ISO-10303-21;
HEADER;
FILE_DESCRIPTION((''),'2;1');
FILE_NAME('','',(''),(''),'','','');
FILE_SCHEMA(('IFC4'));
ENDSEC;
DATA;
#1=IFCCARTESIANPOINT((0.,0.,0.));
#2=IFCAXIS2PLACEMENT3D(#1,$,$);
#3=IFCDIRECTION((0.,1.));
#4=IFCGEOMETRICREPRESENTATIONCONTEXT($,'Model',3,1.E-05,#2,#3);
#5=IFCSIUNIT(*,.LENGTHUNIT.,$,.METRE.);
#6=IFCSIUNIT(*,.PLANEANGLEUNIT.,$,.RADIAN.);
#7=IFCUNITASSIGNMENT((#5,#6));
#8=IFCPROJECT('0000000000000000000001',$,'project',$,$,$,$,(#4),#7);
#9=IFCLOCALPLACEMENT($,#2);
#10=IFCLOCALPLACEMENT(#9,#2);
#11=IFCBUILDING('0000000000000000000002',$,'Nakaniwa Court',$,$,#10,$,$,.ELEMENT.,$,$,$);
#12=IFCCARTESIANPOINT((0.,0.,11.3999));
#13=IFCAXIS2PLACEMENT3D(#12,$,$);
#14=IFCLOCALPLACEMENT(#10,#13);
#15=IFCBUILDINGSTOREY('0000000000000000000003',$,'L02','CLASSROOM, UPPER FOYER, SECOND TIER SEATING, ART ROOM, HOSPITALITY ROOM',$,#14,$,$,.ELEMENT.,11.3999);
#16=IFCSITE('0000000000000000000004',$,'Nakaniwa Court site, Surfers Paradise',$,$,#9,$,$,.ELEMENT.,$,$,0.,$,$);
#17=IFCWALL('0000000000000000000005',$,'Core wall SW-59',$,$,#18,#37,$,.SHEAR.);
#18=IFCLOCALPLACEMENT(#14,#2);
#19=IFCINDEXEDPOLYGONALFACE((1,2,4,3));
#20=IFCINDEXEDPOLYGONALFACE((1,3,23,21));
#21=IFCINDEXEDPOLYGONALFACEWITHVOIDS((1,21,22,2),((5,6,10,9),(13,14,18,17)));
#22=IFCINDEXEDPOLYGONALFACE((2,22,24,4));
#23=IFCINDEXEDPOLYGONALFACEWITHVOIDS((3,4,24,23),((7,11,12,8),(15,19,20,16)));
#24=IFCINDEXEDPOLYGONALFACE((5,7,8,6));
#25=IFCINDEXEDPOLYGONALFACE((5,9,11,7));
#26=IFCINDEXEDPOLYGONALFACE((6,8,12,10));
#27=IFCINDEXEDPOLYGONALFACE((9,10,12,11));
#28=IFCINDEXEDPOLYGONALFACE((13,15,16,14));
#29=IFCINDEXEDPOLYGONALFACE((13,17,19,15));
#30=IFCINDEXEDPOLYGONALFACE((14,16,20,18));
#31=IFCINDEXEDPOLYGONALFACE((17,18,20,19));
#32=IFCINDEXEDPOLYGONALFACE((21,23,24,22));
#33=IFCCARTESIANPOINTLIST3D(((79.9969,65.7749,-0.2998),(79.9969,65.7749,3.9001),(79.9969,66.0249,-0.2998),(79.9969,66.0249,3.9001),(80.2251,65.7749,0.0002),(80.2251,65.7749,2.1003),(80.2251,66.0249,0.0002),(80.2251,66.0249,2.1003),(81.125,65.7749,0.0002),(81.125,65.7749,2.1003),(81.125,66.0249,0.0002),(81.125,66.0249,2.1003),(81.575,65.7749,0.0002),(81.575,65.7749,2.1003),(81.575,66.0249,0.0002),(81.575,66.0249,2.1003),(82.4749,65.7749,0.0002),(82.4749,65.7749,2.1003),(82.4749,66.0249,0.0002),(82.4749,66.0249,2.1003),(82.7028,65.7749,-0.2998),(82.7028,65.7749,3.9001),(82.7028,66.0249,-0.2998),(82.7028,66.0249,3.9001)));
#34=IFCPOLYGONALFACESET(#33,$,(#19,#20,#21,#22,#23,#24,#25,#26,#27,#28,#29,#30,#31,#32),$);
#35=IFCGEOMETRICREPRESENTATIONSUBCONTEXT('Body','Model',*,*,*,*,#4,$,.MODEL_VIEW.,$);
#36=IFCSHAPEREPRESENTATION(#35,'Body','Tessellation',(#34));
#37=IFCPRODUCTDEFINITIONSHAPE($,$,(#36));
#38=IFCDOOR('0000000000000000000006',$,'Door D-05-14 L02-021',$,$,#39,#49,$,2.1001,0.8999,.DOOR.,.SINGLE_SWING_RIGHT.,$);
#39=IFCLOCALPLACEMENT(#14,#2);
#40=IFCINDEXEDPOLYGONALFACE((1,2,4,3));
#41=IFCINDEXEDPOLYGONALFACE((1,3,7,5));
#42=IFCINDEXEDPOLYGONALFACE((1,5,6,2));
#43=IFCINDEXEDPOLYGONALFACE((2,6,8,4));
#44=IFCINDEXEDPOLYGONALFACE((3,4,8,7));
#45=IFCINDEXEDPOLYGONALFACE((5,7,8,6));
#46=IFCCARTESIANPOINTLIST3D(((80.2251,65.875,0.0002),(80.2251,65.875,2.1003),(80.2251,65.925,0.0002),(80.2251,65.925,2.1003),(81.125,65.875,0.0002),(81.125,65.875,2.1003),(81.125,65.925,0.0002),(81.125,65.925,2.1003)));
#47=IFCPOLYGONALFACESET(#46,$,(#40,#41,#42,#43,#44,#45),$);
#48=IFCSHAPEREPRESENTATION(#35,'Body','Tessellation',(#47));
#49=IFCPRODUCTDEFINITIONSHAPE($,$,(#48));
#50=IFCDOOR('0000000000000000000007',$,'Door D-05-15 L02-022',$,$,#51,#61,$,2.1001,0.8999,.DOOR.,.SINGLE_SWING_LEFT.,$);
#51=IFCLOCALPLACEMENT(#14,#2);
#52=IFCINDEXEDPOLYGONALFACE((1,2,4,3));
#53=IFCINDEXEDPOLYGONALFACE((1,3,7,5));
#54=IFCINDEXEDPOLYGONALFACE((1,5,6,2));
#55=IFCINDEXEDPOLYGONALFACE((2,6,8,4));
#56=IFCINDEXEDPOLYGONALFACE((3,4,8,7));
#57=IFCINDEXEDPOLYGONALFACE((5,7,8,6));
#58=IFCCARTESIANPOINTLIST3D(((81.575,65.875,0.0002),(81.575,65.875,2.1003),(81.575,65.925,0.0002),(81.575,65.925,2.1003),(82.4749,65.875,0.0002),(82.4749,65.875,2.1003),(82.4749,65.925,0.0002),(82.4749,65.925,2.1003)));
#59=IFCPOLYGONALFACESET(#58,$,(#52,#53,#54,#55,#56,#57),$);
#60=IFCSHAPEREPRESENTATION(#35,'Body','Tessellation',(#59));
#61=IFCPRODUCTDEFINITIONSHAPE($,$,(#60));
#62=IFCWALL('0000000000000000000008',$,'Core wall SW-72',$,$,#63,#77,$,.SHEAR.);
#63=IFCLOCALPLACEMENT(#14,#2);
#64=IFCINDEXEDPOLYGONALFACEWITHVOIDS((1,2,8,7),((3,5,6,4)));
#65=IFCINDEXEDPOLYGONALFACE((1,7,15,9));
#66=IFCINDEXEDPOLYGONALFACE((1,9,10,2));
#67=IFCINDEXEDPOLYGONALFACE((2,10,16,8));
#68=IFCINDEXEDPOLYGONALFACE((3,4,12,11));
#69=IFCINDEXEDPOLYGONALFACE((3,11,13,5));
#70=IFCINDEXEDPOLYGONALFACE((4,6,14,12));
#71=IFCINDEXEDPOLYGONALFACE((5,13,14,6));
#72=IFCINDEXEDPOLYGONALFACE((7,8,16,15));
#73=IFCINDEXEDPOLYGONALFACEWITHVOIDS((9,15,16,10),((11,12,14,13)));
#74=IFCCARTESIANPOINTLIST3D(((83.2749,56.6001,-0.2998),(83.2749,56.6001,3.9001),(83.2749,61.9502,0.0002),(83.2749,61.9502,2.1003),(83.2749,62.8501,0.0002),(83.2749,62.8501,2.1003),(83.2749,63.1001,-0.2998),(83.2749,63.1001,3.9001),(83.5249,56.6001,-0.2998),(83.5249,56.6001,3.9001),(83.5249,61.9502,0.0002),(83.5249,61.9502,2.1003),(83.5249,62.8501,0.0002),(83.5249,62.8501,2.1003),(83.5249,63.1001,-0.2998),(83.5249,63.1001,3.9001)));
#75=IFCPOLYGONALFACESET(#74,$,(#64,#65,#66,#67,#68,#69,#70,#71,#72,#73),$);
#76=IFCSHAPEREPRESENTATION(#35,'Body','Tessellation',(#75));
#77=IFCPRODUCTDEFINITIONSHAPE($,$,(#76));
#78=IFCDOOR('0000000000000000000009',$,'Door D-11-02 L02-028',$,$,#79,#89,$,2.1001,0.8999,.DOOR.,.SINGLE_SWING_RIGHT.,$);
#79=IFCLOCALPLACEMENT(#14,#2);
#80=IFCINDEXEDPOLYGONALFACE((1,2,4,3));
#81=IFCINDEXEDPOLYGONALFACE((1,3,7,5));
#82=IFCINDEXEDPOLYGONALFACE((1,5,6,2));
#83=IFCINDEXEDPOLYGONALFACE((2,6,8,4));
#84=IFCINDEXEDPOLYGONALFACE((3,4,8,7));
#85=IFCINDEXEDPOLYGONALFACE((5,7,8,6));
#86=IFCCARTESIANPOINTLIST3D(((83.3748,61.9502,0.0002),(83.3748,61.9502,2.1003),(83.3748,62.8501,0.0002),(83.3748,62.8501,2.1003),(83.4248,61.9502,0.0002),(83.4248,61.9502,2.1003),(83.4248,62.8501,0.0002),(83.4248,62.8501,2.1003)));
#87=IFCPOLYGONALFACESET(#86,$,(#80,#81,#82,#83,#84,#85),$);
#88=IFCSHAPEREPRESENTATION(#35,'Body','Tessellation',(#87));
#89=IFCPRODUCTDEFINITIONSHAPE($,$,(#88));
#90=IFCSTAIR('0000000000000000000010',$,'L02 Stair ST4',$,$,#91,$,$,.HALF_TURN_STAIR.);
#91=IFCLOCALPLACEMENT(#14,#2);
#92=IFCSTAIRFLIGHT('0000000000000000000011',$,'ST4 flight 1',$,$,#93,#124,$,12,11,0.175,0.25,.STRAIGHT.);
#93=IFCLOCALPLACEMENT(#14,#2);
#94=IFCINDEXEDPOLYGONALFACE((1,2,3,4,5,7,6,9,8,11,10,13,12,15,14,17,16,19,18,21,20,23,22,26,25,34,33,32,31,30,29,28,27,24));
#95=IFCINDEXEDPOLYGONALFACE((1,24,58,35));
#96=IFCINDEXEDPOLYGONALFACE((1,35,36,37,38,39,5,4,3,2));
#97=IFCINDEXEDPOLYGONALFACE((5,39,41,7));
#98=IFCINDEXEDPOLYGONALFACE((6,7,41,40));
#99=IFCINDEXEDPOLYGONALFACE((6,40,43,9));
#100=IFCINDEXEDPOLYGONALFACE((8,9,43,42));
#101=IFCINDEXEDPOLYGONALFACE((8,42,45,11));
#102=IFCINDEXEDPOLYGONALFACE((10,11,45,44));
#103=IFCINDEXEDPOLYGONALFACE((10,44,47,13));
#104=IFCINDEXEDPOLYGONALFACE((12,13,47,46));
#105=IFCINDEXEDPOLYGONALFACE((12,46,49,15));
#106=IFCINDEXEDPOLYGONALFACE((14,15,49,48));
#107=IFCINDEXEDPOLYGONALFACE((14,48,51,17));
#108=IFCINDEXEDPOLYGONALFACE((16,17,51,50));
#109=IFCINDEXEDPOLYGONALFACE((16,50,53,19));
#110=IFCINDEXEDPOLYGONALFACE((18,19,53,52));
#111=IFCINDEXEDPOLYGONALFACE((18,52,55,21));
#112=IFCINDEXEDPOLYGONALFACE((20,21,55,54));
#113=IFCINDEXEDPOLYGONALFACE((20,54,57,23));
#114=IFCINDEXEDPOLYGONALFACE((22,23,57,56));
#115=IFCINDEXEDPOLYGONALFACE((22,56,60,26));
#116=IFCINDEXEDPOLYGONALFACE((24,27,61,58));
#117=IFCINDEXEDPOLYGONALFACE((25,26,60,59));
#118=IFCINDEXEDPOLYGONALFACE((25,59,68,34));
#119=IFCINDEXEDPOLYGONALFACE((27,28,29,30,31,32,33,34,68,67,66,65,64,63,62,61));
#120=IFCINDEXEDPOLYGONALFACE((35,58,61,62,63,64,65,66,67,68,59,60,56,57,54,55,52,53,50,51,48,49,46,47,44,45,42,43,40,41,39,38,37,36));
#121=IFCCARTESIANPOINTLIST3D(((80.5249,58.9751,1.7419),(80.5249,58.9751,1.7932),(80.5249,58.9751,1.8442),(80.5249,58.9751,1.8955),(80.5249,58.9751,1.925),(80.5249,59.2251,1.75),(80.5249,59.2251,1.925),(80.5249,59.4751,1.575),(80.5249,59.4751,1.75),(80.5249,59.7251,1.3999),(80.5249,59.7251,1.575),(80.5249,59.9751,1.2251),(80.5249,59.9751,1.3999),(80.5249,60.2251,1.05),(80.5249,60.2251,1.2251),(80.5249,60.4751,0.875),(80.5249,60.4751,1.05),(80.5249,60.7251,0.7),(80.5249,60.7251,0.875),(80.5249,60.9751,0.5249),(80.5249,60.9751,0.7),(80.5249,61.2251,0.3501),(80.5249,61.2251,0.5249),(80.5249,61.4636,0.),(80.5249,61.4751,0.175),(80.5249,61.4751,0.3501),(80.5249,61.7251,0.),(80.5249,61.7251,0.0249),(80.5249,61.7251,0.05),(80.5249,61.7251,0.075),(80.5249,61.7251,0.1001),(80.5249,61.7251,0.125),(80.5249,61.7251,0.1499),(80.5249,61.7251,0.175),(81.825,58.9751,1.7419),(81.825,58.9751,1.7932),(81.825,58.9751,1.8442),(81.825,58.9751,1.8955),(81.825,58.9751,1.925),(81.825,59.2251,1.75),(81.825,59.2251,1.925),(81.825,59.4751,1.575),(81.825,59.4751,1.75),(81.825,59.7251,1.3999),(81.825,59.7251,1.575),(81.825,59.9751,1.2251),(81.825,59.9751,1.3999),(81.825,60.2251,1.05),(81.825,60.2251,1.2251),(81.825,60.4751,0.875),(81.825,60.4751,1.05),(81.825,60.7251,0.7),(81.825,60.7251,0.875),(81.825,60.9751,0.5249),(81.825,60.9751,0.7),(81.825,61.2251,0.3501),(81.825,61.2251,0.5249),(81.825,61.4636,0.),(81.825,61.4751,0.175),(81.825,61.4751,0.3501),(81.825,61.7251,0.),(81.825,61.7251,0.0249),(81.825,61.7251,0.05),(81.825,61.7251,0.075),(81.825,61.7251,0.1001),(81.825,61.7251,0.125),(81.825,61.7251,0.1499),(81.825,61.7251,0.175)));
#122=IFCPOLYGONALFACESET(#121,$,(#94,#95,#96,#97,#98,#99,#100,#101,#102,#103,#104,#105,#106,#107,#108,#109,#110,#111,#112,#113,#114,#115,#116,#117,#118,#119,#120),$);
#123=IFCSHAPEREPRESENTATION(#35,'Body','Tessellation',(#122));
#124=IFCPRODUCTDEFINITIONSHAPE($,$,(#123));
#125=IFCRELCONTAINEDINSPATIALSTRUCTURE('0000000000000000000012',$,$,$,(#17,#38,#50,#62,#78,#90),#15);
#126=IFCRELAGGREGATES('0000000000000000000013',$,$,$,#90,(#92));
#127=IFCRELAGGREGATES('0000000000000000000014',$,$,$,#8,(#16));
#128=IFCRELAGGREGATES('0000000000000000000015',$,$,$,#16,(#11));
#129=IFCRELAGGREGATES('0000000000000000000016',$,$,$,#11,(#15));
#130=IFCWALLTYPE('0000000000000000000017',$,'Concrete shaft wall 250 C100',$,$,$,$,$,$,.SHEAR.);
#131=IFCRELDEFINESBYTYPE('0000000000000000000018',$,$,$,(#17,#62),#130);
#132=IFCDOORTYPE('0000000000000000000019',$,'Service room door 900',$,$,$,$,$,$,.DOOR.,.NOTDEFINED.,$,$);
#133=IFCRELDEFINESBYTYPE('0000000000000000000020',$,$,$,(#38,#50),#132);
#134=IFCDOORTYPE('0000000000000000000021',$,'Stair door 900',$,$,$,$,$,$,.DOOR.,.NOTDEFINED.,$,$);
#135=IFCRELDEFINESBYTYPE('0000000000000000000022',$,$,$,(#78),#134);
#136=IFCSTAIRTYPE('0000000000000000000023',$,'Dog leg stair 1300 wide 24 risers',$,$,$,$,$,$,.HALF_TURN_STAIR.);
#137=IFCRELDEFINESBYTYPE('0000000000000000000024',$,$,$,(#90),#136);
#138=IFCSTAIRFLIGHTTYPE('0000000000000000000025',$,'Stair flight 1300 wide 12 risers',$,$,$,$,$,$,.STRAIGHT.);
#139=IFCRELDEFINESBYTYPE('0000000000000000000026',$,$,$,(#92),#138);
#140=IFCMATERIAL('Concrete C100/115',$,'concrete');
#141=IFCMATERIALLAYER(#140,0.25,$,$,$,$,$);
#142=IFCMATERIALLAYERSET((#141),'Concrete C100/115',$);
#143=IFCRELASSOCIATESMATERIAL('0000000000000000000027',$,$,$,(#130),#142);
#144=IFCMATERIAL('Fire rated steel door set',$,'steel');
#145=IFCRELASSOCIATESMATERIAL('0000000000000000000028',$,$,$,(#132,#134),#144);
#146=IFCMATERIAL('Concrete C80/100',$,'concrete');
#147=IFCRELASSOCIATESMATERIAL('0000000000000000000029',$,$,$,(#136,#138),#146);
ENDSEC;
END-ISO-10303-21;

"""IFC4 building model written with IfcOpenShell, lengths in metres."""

from ifc_helpers import new_model, si_unit, direction, frame, frame_2d, origin, place, context, subcontext, project, spatial, polyline, rectangle, outline, extrude, material, layer, layer_set, type_object, element, fill, aggregate, save


model = new_model("IFC4")

# Units and contexts
model_context = context("Model", 3, precision=1e-05, world=origin(), true_north=direction((0.0, 1.0)))
body_context = subcontext(model_context, "Body", "Model", "MODEL_VIEW")
ifc_project = project(units=[si_unit("LENGTHUNIT", "METRE"), si_unit("PLANEANGLEUNIT", "RADIAN")], contexts=[model_context])

# Site, building, storey
site_placement = place(None, origin())
site = spatial("IfcSite", under=ifc_project, at=site_placement, Name="Nakaniwa Court site, Surfers Paradise", CompositionType="ELEMENT", RefElevation=0.0)
building_placement = place(site_placement, origin())
building = spatial("IfcBuilding", under=site, at=building_placement, Name="Nakaniwa Court", CompositionType="ELEMENT")
storey_placement = place(building_placement, frame((0.0, 0.0, 11.3999)))
storey = spatial("IfcBuildingStorey", under=building, at=storey_placement, Name="L02", Description="CLASSROOM, UPPER FOYER, SECOND TIER SEATING, ART ROOM, HOSPITALITY ROOM", CompositionType="ELEMENT", Elevation=11.3999)

# Shared definitions
ifc_material_1 = material(Name="Concrete C100/115", Category="concrete")
ifc_layer_1 = layer(ifc_material_1, 0.25)
ifc_layer_set_1 = layer_set([ifc_layer_1], Name="Concrete C100/115")
wall_type_1 = type_object("IfcWallType", Name="Concrete shaft wall 250 C100", PredefinedType="SHEAR", material=ifc_layer_set_1)

# Shared definitions
ifc_material_2 = material(Name="Fire rated steel door set", Category="steel")
door_type_1 = type_object("IfcDoorType", Name="Service room door 900", OperationType="NOTDEFINED", PredefinedType="DOOR", material=ifc_material_2)

# Wall, openings, doors
wall_1_placement = place(storey_placement, frame((82.7029, 65.8999, -0.2998), z_axis=(0.0, 0.0, 1.0), x_axis=(-1.0, 0.0, 0.0)))
wall_1 = element("IfcWall", 1, at=wall_1_placement, inside=storey, type_object=wall_type_1, Name="Core wall SW-59", PredefinedType="SHEAR", context=body_context, shape_type="SweptSolid", body=[
    extrude(rectangle(XDim=2.7058, YDim=0.25, at=frame_2d((1.353, 0.0))), origin(), (0.0, 0.0, 1.0), 4.2),
])
opening_1_placement = place(wall_1_placement, frame((1.5779, 0.0, 0.3)))
opening_1 = element("IfcOpeningElement", 2, at=opening_1_placement, cuts=wall_1, PredefinedType="OPENING", context=body_context, shape_type="SweptSolid", body=[
    extrude(rectangle(XDim=0.8999, YDim=2.1001, at=frame_2d((0.45, 1.05))), frame((0.0, 0.135, 0.0), z_axis=(0.0, -1.0, 0.0), x_axis=(1.0, 0.0, 0.0)), (0.0, 0.0, 1.0), 0.27),
])
opening_2_placement = place(wall_1_placement, frame((0.228, 0.0, 0.3)))
opening_2 = element("IfcOpeningElement", 3, at=opening_2_placement, cuts=wall_1, PredefinedType="OPENING", context=body_context, shape_type="SweptSolid", body=[
    extrude(rectangle(XDim=0.8999, YDim=2.1001, at=frame_2d((0.45, 1.05))), frame((0.0, 0.135, 0.0), z_axis=(0.0, -1.0, 0.0), x_axis=(1.0, 0.0, 0.0)), (0.0, 0.0, 1.0), 0.27),
])
door_1_placement = place(opening_1_placement, origin())
door_1 = element("IfcDoor", 4, at=door_1_placement, inside=storey, type_object=door_type_1, Name="Door D-05-14 L02-021", OperationType="SINGLE_SWING_RIGHT", OverallHeight=2.1001, OverallWidth=0.8999, PredefinedType="DOOR", context=body_context, shape_type="SweptSolid", body=[
    extrude(rectangle(XDim=0.8999, YDim=2.1001, at=frame_2d((0.45, 1.05))), frame((0.0, 0.0249, 0.0), z_axis=(0.0, -1.0, 0.0), x_axis=(1.0, 0.0, 0.0)), (0.0, 0.0, 1.0), 0.05),
])
fill(opening_1, door_1)
door_2_placement = place(opening_2_placement, origin())
door_2 = element("IfcDoor", 5, at=door_2_placement, inside=storey, type_object=door_type_1, Name="Door D-05-15 L02-022", OperationType="SINGLE_SWING_LEFT", OverallHeight=2.1001, OverallWidth=0.8999, PredefinedType="DOOR", context=body_context, shape_type="SweptSolid", body=[
    extrude(rectangle(XDim=0.8999, YDim=2.1001, at=frame_2d((0.45, 1.05))), frame((0.0, 0.0249, 0.0), z_axis=(0.0, -1.0, 0.0), x_axis=(1.0, 0.0, 0.0)), (0.0, 0.0, 1.0), 0.05),
])
fill(opening_2, door_2)

# Wall, opening, door
wall_2_placement = place(storey_placement, frame((83.3999, 63.1001, -0.2998), z_axis=(0.0, 0.0, 1.0), x_axis=(0.0, -1.0, 0.0)))
wall_2 = element("IfcWall", 6, at=wall_2_placement, inside=storey, type_object=wall_type_1, Name="Core wall SW-72", PredefinedType="SHEAR", context=body_context, shape_type="SweptSolid", body=[
    extrude(rectangle(XDim=6.5, YDim=0.25, at=frame_2d((3.25, 0.0))), origin(), (0.0, 0.0, 1.0), 4.2),
])
opening_3_placement = place(wall_2_placement, frame((0.25, 0.0, 0.3)))
opening_3 = element("IfcOpeningElement", 7, at=opening_3_placement, cuts=wall_2, PredefinedType="OPENING", context=body_context, shape_type="SweptSolid", body=[
    extrude(rectangle(XDim=0.8999, YDim=2.1001, at=frame_2d((0.45, 1.05))), frame((0.0, 0.135, 0.0), z_axis=(0.0, -1.0, 0.0), x_axis=(1.0, 0.0, 0.0)), (0.0, 0.0, 1.0), 0.27),
])
door_type_2 = type_object("IfcDoorType", Name="Stair door 900", OperationType="NOTDEFINED", PredefinedType="DOOR", material=ifc_material_2)
door_3_placement = place(opening_3_placement, origin())
door_3 = element("IfcDoor", 8, at=door_3_placement, inside=storey, type_object=door_type_2, Name="Door D-11-02 L02-028", OperationType="SINGLE_SWING_RIGHT", OverallHeight=2.1001, OverallWidth=0.8999, PredefinedType="DOOR", context=body_context, shape_type="SweptSolid", body=[
    extrude(rectangle(XDim=0.8999, YDim=2.1001, at=frame_2d((0.45, 1.05))), frame((0.0, 0.0249, 0.0), z_axis=(0.0, -1.0, 0.0), x_axis=(1.0, 0.0, 0.0)), (0.0, 0.0, 1.0), 0.05),
])
fill(opening_3, door_3)

# Stair, stair flight
ifc_material_3 = material(Name="Concrete C80/100", Category="concrete")
stair_type = type_object("IfcStairType", Name="Dog leg stair 1300 wide 24 risers", PredefinedType="HALF_TURN_STAIR", material=ifc_material_3)
stair_placement = place(storey_placement, origin())
stair = element("IfcStair", 9, at=stair_placement, inside=storey, type_object=stair_type, Name="L02 Stair ST4", PredefinedType="HALF_TURN_STAIR")
stair_flight_type = type_object("IfcStairFlightType", Name="Stair flight 1300 wide 12 risers", PredefinedType="STRAIGHT", material=ifc_material_3)
stair_flight_placement = place(storey_placement, frame((81.175, 61.7251, 0.0), z_axis=(0.0, 0.0, 1.0), x_axis=(0.0, -1.0, 0.0)))
stair_flight = element("IfcStairFlight", 10, at=stair_flight_placement, type_object=stair_flight_type, Name="ST4 flight 1", NumberOfRisers=12, NumberOfTreads=11, PredefinedType="STRAIGHT", RiserHeight=0.175, TreadLength=0.25, context=body_context, shape_type="SweptSolid", body=[
    extrude(outline(polyline([(0.0, 0.0), (0.0, 0.0249), (0.0, 0.05), (0.0, 0.075), (0.0, 0.1001), (0.0, 0.125), (0.0, 0.1499), (0.0, 0.175), (0.25, 0.175), (0.25, 0.3501), (0.5, 0.3501), (0.5, 0.5249), (0.75, 0.5249), (0.75, 0.7), (1.0, 0.7), (1.0, 0.875), (1.25, 0.875), (1.25, 1.05), (1.5, 1.05), (1.5, 1.2251), (1.75, 1.2251), (1.75, 1.3999), (2.0, 1.3999), (2.0, 1.575), (2.25, 1.575), (2.25, 1.75), (2.5, 1.75), (2.5, 1.925), (2.75, 1.925), (2.75, 2.1001), (2.75, 2.0488), (2.75, 1.9978), (2.75, 1.9465), (2.75, 1.8955), (2.75, 1.8442), (2.75, 1.7932), (2.75, 1.7419), (0.2615, 0.0), (0.0, 0.0)])), frame((0.0, 0.6499, 0.0), z_axis=(0.0, -1.0, 0.0), x_axis=(1.0, 0.0, 0.0)), (0.0, 0.0, 1.0), 1.3),
])
aggregate(stair, [stair_flight])

save(model, "model.ifc")
